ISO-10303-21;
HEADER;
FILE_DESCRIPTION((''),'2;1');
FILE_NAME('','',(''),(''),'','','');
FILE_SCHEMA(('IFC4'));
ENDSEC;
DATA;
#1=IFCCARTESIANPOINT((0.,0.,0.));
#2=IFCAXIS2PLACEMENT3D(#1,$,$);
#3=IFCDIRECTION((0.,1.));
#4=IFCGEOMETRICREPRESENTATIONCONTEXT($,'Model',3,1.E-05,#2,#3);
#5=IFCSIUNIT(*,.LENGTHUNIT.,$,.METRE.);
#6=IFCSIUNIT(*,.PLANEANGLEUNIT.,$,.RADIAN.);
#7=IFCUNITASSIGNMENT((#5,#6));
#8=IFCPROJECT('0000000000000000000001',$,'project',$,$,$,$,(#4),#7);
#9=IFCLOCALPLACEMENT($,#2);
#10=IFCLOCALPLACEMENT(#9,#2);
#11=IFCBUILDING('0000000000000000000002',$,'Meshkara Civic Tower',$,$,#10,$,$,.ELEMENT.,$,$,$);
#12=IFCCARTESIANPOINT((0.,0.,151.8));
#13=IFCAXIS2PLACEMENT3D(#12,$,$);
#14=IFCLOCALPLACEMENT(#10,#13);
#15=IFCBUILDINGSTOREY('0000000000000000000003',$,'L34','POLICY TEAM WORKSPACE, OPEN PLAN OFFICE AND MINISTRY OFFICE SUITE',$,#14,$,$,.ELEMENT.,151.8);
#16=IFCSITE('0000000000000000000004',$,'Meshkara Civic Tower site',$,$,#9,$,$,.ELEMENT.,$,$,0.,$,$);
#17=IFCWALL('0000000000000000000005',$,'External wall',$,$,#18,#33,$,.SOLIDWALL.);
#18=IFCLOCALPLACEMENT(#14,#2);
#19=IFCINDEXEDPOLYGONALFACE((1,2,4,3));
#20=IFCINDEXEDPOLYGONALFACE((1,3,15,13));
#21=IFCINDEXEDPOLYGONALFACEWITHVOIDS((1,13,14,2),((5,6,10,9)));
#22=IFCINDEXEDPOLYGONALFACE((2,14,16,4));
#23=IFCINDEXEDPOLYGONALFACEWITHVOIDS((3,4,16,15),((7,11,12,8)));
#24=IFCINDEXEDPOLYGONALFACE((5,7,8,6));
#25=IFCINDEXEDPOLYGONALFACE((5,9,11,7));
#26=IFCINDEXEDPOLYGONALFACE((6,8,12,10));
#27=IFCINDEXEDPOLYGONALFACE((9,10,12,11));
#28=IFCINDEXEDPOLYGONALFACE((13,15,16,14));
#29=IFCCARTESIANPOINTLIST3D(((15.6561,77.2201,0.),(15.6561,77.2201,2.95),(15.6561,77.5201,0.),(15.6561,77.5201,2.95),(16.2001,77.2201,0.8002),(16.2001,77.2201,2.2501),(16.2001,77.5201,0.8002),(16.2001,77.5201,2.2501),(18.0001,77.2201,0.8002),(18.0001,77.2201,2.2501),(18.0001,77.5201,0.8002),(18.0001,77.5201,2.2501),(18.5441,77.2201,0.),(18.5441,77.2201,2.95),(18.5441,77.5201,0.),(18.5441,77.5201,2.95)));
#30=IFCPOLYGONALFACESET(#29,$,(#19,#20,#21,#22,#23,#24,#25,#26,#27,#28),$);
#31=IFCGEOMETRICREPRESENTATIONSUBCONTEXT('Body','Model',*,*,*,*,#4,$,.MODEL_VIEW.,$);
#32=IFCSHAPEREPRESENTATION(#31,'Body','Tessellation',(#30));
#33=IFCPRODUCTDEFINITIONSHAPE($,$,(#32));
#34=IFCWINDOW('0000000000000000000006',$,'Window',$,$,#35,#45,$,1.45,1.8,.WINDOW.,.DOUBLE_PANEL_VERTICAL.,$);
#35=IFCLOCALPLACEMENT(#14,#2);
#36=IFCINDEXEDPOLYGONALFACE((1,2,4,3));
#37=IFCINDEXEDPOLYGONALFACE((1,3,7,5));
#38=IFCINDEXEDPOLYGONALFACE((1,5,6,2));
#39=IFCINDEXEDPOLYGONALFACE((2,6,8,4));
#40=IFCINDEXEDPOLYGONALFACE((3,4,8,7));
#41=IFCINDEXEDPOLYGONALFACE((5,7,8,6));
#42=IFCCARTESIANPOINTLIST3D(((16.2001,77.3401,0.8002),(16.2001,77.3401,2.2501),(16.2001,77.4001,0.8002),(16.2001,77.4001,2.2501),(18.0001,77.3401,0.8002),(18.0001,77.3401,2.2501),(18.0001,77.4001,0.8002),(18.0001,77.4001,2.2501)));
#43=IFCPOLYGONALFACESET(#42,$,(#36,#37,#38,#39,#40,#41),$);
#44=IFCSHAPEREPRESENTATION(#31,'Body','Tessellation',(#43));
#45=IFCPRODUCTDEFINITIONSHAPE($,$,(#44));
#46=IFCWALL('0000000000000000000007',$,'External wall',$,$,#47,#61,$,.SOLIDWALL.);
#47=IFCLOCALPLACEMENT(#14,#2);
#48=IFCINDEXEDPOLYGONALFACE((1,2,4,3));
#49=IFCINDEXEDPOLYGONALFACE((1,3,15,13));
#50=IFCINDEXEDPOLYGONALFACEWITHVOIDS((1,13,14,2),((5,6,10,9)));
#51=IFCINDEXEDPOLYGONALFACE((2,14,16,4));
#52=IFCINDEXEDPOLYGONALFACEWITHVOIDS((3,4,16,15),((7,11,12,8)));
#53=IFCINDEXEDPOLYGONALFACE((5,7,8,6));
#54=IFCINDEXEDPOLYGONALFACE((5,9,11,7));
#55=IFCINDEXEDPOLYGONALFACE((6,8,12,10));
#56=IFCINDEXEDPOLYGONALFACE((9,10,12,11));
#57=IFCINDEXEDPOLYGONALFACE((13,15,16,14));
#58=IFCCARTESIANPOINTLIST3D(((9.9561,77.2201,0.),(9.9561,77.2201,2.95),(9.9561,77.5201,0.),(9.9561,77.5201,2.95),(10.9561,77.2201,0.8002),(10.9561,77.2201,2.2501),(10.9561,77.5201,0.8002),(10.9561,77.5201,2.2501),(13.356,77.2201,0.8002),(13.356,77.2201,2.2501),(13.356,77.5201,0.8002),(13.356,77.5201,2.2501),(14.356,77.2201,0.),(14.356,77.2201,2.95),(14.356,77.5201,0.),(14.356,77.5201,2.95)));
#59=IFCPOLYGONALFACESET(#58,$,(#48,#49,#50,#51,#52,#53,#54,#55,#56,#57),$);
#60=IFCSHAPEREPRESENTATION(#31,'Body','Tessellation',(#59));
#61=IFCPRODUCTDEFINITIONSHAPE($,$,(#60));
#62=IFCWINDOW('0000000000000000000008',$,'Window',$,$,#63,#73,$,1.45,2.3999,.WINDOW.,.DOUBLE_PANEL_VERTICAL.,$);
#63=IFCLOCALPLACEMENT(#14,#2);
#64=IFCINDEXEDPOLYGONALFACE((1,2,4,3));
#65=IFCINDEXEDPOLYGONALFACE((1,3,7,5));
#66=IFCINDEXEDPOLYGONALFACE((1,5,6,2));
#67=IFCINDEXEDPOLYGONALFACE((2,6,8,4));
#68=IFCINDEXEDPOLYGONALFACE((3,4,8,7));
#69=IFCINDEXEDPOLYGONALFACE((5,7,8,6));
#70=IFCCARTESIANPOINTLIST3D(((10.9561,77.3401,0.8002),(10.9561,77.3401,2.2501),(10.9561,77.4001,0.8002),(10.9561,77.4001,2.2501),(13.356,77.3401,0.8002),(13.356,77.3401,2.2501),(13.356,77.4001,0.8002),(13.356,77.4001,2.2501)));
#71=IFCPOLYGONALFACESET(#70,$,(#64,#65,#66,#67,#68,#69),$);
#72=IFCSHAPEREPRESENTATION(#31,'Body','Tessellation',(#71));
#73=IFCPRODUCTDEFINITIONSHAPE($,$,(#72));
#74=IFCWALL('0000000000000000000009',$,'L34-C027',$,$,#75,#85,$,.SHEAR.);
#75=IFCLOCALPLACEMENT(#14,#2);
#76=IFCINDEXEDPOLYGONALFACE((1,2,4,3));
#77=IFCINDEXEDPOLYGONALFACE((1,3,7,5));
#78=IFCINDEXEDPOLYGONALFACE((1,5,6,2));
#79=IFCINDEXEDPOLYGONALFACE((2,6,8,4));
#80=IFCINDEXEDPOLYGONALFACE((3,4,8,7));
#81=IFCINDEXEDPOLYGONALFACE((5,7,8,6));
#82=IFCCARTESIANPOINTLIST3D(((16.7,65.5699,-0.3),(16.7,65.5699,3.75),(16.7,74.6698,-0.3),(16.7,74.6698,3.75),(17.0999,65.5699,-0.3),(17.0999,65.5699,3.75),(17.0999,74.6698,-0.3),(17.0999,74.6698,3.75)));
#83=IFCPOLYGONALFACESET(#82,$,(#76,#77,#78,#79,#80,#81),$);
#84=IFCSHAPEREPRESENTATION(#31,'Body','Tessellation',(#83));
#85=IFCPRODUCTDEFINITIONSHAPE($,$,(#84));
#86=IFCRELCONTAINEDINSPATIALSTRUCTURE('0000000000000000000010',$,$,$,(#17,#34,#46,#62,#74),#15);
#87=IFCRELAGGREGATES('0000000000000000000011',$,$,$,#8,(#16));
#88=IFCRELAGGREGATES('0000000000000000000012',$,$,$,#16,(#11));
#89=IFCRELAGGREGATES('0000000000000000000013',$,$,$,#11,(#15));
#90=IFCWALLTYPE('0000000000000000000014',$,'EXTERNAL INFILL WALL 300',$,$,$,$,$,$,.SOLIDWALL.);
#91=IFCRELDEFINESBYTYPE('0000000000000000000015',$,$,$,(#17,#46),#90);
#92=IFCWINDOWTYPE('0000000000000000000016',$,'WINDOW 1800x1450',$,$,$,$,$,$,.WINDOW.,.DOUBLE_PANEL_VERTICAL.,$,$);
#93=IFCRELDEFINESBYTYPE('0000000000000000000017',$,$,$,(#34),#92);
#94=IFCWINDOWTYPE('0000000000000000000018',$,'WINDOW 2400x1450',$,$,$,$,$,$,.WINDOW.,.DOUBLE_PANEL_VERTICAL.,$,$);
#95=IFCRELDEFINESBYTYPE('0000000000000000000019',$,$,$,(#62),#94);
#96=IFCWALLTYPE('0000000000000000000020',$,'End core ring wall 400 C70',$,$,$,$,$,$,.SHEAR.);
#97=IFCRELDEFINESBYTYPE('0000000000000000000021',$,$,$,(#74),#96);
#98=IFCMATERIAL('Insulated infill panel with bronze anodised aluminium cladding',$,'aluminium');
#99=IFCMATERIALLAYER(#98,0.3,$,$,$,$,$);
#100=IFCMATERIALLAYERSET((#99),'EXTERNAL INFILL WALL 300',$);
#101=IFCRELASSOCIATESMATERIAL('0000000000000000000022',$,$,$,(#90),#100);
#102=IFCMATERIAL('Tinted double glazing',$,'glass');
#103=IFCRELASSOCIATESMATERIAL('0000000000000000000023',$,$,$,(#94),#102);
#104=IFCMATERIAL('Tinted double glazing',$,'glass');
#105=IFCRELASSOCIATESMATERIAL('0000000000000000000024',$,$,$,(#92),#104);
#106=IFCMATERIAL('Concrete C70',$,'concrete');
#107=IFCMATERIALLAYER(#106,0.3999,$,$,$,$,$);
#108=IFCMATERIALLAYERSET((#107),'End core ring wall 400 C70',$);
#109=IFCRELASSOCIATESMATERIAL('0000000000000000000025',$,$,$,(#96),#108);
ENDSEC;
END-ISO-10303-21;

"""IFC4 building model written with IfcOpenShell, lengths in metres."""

from ifc_helpers import new_model, si_unit, direction, frame, frame_2d, origin, place, context, subcontext, project, spatial, rectangle, extrude, material, layer, layer_set, type_object, element, fill, save


model = new_model("IFC4")

# Units and contexts
model_context = context("Model", 3, precision=1e-05, world=origin(), true_north=direction((0.0, 1.0)))
body_context = subcontext(model_context, "Body", "Model", "MODEL_VIEW")
ifc_project = project(units=[si_unit("LENGTHUNIT", "METRE"), si_unit("PLANEANGLEUNIT", "RADIAN")], contexts=[model_context])

# Site, building, storey
site_placement = place(None, origin())
site = spatial("IfcSite", under=ifc_project, at=site_placement, Name="Meshkara Civic Tower site", CompositionType="ELEMENT", RefElevation=0.0)
building_placement = place(site_placement, origin())
building = spatial("IfcBuilding", under=site, at=building_placement, Name="Meshkara Civic Tower", CompositionType="ELEMENT")
storey_placement = place(building_placement, frame((0.0, 0.0, 151.8)))
storey = spatial("IfcBuildingStorey", under=building, at=storey_placement, Name="L34", Description="POLICY TEAM WORKSPACE, OPEN PLAN OFFICE AND MINISTRY OFFICE SUITE", CompositionType="ELEMENT", Elevation=151.8)

# Walls, openings, windows
ifc_material_1 = material(Name="Insulated infill panel with bronze anodised aluminium cladding", Category="aluminium")
ifc_layer_1 = layer(ifc_material_1, 0.3)
ifc_layer_set_1 = layer_set([ifc_layer_1], Name="EXTERNAL INFILL WALL 300")
wall_type_1 = type_object("IfcWallType", Name="EXTERNAL INFILL WALL 300", PredefinedType="SOLIDWALL", material=ifc_layer_set_1)
ifc_material_2 = material(Name="Tinted double glazing", Category="glass")
window_type_1 = type_object("IfcWindowType", Name="WINDOW 2400x1450", PartitioningType="DOUBLE_PANEL_VERTICAL", PredefinedType="WINDOW", material=ifc_material_2)
ifc_material_3 = material(Name="Tinted double glazing", Category="glass")
window_type_2 = type_object("IfcWindowType", Name="WINDOW 1800x1450", PartitioningType="DOUBLE_PANEL_VERTICAL", PredefinedType="WINDOW", material=ifc_material_3)
wall_1_placement = place(storey_placement, frame((18.5439, 77.3701, 0.0), z_axis=(0.0, 0.0, 1.0), x_axis=(-1.0, 0.0, 0.0)))
wall_1 = element("IfcWall", 1, at=wall_1_placement, inside=storey, type_object=wall_type_1, Name="External wall", PredefinedType="SOLIDWALL", context=body_context, shape_type="SweptSolid", body=[
    extrude(rectangle(XDim=2.8879, YDim=0.3, at=frame_2d((1.4438, 0.0))), origin(), (0.0, 0.0, 1.0), 2.95),
])
opening_1_placement = place(wall_1_placement, frame((0.5439, 0.0, 0.8)))
opening_1 = element("IfcOpeningElement", 2, at=opening_1_placement, cuts=wall_1, PredefinedType="OPENING", context=body_context, shape_type="SweptSolid", body=[
    extrude(rectangle(XDim=1.8, YDim=1.45, at=frame_2d((0.8999, 0.7251))), frame((0.0, 0.1599, 0.0), z_axis=(0.0, -1.0, 0.0), x_axis=(1.0, 0.0, 0.0)), (0.0, 0.0, 1.0), 0.3201),
])
window_1_placement = place(opening_1_placement, origin())
window_1 = element("IfcWindow", 3, at=window_1_placement, inside=storey, type_object=window_type_2, Name="Window", OverallHeight=1.45, OverallWidth=1.8, PartitioningType="DOUBLE_PANEL_VERTICAL", PredefinedType="WINDOW", context=body_context, shape_type="SweptSolid", body=[
    extrude(rectangle(XDim=1.8, YDim=1.45, at=frame_2d((0.8999, 0.7251))), frame((0.0, 0.03, 0.0), z_axis=(0.0, -1.0, 0.0), x_axis=(1.0, 0.0, 0.0)), (0.0, 0.0, 1.0), 0.0601),
])
fill(opening_1, window_1)
wall_2_placement = place(storey_placement, frame((14.356, 77.3701, 0.0), z_axis=(0.0, 0.0, 1.0), x_axis=(-1.0, 0.0, 0.0)))
wall_2 = element("IfcWall", 4, at=wall_2_placement, inside=storey, type_object=wall_type_1, Name="External wall", PredefinedType="SOLIDWALL", context=body_context, shape_type="SweptSolid", body=[
    extrude(rectangle(XDim=4.3999, YDim=0.3, at=frame_2d((2.2, 0.0))), origin(), (0.0, 0.0, 1.0), 2.95),
])
opening_2_placement = place(wall_2_placement, frame((1.0, 0.0, 0.8)))
opening_2 = element("IfcOpeningElement", 5, at=opening_2_placement, cuts=wall_2, PredefinedType="OPENING", context=body_context, shape_type="SweptSolid", body=[
    extrude(rectangle(XDim=2.3999, YDim=1.45, at=frame_2d((1.2, 0.7251))), frame((0.0, 0.1599, 0.0), z_axis=(0.0, -1.0, 0.0), x_axis=(1.0, 0.0, 0.0)), (0.0, 0.0, 1.0), 0.3201),
])
window_2_placement = place(opening_2_placement, origin())
window_2 = element("IfcWindow", 6, at=window_2_placement, inside=storey, type_object=window_type_1, Name="Window", OverallHeight=1.45, OverallWidth=2.3999, PartitioningType="DOUBLE_PANEL_VERTICAL", PredefinedType="WINDOW", context=body_context, shape_type="SweptSolid", body=[
    extrude(rectangle(XDim=2.3999, YDim=1.45, at=frame_2d((1.2, 0.7251))), frame((0.0, 0.03, 0.0), z_axis=(0.0, -1.0, 0.0), x_axis=(1.0, 0.0, 0.0)), (0.0, 0.0, 1.0), 0.0601),
])
fill(opening_2, window_2)

# Wall
ifc_material_4 = material(Name="Concrete C70", Category="concrete")
ifc_layer_2 = layer(ifc_material_4, 0.3999)
ifc_layer_set_2 = layer_set([ifc_layer_2], Name="End core ring wall 400 C70")
wall_type_2 = type_object("IfcWallType", Name="End core ring wall 400 C70", PredefinedType="SHEAR", material=ifc_layer_set_2)
wall_3_placement = place(storey_placement, frame((16.8999, 65.5701, -0.3), z_axis=(0.0, 0.0, 1.0), x_axis=(0.0, 1.0, 0.0)))
element("IfcWall", 7, at=wall_3_placement, inside=storey, type_object=wall_type_2, Name="L34-C027", PredefinedType="SHEAR", context=body_context, shape_type="SweptSolid", body=[
    extrude(rectangle(XDim=9.0999, YDim=0.3999, at=frame_2d((4.5498, 0.0))), origin(), (0.0, 0.0, 1.0), 4.05),
])

save(model, "model.ifc")
